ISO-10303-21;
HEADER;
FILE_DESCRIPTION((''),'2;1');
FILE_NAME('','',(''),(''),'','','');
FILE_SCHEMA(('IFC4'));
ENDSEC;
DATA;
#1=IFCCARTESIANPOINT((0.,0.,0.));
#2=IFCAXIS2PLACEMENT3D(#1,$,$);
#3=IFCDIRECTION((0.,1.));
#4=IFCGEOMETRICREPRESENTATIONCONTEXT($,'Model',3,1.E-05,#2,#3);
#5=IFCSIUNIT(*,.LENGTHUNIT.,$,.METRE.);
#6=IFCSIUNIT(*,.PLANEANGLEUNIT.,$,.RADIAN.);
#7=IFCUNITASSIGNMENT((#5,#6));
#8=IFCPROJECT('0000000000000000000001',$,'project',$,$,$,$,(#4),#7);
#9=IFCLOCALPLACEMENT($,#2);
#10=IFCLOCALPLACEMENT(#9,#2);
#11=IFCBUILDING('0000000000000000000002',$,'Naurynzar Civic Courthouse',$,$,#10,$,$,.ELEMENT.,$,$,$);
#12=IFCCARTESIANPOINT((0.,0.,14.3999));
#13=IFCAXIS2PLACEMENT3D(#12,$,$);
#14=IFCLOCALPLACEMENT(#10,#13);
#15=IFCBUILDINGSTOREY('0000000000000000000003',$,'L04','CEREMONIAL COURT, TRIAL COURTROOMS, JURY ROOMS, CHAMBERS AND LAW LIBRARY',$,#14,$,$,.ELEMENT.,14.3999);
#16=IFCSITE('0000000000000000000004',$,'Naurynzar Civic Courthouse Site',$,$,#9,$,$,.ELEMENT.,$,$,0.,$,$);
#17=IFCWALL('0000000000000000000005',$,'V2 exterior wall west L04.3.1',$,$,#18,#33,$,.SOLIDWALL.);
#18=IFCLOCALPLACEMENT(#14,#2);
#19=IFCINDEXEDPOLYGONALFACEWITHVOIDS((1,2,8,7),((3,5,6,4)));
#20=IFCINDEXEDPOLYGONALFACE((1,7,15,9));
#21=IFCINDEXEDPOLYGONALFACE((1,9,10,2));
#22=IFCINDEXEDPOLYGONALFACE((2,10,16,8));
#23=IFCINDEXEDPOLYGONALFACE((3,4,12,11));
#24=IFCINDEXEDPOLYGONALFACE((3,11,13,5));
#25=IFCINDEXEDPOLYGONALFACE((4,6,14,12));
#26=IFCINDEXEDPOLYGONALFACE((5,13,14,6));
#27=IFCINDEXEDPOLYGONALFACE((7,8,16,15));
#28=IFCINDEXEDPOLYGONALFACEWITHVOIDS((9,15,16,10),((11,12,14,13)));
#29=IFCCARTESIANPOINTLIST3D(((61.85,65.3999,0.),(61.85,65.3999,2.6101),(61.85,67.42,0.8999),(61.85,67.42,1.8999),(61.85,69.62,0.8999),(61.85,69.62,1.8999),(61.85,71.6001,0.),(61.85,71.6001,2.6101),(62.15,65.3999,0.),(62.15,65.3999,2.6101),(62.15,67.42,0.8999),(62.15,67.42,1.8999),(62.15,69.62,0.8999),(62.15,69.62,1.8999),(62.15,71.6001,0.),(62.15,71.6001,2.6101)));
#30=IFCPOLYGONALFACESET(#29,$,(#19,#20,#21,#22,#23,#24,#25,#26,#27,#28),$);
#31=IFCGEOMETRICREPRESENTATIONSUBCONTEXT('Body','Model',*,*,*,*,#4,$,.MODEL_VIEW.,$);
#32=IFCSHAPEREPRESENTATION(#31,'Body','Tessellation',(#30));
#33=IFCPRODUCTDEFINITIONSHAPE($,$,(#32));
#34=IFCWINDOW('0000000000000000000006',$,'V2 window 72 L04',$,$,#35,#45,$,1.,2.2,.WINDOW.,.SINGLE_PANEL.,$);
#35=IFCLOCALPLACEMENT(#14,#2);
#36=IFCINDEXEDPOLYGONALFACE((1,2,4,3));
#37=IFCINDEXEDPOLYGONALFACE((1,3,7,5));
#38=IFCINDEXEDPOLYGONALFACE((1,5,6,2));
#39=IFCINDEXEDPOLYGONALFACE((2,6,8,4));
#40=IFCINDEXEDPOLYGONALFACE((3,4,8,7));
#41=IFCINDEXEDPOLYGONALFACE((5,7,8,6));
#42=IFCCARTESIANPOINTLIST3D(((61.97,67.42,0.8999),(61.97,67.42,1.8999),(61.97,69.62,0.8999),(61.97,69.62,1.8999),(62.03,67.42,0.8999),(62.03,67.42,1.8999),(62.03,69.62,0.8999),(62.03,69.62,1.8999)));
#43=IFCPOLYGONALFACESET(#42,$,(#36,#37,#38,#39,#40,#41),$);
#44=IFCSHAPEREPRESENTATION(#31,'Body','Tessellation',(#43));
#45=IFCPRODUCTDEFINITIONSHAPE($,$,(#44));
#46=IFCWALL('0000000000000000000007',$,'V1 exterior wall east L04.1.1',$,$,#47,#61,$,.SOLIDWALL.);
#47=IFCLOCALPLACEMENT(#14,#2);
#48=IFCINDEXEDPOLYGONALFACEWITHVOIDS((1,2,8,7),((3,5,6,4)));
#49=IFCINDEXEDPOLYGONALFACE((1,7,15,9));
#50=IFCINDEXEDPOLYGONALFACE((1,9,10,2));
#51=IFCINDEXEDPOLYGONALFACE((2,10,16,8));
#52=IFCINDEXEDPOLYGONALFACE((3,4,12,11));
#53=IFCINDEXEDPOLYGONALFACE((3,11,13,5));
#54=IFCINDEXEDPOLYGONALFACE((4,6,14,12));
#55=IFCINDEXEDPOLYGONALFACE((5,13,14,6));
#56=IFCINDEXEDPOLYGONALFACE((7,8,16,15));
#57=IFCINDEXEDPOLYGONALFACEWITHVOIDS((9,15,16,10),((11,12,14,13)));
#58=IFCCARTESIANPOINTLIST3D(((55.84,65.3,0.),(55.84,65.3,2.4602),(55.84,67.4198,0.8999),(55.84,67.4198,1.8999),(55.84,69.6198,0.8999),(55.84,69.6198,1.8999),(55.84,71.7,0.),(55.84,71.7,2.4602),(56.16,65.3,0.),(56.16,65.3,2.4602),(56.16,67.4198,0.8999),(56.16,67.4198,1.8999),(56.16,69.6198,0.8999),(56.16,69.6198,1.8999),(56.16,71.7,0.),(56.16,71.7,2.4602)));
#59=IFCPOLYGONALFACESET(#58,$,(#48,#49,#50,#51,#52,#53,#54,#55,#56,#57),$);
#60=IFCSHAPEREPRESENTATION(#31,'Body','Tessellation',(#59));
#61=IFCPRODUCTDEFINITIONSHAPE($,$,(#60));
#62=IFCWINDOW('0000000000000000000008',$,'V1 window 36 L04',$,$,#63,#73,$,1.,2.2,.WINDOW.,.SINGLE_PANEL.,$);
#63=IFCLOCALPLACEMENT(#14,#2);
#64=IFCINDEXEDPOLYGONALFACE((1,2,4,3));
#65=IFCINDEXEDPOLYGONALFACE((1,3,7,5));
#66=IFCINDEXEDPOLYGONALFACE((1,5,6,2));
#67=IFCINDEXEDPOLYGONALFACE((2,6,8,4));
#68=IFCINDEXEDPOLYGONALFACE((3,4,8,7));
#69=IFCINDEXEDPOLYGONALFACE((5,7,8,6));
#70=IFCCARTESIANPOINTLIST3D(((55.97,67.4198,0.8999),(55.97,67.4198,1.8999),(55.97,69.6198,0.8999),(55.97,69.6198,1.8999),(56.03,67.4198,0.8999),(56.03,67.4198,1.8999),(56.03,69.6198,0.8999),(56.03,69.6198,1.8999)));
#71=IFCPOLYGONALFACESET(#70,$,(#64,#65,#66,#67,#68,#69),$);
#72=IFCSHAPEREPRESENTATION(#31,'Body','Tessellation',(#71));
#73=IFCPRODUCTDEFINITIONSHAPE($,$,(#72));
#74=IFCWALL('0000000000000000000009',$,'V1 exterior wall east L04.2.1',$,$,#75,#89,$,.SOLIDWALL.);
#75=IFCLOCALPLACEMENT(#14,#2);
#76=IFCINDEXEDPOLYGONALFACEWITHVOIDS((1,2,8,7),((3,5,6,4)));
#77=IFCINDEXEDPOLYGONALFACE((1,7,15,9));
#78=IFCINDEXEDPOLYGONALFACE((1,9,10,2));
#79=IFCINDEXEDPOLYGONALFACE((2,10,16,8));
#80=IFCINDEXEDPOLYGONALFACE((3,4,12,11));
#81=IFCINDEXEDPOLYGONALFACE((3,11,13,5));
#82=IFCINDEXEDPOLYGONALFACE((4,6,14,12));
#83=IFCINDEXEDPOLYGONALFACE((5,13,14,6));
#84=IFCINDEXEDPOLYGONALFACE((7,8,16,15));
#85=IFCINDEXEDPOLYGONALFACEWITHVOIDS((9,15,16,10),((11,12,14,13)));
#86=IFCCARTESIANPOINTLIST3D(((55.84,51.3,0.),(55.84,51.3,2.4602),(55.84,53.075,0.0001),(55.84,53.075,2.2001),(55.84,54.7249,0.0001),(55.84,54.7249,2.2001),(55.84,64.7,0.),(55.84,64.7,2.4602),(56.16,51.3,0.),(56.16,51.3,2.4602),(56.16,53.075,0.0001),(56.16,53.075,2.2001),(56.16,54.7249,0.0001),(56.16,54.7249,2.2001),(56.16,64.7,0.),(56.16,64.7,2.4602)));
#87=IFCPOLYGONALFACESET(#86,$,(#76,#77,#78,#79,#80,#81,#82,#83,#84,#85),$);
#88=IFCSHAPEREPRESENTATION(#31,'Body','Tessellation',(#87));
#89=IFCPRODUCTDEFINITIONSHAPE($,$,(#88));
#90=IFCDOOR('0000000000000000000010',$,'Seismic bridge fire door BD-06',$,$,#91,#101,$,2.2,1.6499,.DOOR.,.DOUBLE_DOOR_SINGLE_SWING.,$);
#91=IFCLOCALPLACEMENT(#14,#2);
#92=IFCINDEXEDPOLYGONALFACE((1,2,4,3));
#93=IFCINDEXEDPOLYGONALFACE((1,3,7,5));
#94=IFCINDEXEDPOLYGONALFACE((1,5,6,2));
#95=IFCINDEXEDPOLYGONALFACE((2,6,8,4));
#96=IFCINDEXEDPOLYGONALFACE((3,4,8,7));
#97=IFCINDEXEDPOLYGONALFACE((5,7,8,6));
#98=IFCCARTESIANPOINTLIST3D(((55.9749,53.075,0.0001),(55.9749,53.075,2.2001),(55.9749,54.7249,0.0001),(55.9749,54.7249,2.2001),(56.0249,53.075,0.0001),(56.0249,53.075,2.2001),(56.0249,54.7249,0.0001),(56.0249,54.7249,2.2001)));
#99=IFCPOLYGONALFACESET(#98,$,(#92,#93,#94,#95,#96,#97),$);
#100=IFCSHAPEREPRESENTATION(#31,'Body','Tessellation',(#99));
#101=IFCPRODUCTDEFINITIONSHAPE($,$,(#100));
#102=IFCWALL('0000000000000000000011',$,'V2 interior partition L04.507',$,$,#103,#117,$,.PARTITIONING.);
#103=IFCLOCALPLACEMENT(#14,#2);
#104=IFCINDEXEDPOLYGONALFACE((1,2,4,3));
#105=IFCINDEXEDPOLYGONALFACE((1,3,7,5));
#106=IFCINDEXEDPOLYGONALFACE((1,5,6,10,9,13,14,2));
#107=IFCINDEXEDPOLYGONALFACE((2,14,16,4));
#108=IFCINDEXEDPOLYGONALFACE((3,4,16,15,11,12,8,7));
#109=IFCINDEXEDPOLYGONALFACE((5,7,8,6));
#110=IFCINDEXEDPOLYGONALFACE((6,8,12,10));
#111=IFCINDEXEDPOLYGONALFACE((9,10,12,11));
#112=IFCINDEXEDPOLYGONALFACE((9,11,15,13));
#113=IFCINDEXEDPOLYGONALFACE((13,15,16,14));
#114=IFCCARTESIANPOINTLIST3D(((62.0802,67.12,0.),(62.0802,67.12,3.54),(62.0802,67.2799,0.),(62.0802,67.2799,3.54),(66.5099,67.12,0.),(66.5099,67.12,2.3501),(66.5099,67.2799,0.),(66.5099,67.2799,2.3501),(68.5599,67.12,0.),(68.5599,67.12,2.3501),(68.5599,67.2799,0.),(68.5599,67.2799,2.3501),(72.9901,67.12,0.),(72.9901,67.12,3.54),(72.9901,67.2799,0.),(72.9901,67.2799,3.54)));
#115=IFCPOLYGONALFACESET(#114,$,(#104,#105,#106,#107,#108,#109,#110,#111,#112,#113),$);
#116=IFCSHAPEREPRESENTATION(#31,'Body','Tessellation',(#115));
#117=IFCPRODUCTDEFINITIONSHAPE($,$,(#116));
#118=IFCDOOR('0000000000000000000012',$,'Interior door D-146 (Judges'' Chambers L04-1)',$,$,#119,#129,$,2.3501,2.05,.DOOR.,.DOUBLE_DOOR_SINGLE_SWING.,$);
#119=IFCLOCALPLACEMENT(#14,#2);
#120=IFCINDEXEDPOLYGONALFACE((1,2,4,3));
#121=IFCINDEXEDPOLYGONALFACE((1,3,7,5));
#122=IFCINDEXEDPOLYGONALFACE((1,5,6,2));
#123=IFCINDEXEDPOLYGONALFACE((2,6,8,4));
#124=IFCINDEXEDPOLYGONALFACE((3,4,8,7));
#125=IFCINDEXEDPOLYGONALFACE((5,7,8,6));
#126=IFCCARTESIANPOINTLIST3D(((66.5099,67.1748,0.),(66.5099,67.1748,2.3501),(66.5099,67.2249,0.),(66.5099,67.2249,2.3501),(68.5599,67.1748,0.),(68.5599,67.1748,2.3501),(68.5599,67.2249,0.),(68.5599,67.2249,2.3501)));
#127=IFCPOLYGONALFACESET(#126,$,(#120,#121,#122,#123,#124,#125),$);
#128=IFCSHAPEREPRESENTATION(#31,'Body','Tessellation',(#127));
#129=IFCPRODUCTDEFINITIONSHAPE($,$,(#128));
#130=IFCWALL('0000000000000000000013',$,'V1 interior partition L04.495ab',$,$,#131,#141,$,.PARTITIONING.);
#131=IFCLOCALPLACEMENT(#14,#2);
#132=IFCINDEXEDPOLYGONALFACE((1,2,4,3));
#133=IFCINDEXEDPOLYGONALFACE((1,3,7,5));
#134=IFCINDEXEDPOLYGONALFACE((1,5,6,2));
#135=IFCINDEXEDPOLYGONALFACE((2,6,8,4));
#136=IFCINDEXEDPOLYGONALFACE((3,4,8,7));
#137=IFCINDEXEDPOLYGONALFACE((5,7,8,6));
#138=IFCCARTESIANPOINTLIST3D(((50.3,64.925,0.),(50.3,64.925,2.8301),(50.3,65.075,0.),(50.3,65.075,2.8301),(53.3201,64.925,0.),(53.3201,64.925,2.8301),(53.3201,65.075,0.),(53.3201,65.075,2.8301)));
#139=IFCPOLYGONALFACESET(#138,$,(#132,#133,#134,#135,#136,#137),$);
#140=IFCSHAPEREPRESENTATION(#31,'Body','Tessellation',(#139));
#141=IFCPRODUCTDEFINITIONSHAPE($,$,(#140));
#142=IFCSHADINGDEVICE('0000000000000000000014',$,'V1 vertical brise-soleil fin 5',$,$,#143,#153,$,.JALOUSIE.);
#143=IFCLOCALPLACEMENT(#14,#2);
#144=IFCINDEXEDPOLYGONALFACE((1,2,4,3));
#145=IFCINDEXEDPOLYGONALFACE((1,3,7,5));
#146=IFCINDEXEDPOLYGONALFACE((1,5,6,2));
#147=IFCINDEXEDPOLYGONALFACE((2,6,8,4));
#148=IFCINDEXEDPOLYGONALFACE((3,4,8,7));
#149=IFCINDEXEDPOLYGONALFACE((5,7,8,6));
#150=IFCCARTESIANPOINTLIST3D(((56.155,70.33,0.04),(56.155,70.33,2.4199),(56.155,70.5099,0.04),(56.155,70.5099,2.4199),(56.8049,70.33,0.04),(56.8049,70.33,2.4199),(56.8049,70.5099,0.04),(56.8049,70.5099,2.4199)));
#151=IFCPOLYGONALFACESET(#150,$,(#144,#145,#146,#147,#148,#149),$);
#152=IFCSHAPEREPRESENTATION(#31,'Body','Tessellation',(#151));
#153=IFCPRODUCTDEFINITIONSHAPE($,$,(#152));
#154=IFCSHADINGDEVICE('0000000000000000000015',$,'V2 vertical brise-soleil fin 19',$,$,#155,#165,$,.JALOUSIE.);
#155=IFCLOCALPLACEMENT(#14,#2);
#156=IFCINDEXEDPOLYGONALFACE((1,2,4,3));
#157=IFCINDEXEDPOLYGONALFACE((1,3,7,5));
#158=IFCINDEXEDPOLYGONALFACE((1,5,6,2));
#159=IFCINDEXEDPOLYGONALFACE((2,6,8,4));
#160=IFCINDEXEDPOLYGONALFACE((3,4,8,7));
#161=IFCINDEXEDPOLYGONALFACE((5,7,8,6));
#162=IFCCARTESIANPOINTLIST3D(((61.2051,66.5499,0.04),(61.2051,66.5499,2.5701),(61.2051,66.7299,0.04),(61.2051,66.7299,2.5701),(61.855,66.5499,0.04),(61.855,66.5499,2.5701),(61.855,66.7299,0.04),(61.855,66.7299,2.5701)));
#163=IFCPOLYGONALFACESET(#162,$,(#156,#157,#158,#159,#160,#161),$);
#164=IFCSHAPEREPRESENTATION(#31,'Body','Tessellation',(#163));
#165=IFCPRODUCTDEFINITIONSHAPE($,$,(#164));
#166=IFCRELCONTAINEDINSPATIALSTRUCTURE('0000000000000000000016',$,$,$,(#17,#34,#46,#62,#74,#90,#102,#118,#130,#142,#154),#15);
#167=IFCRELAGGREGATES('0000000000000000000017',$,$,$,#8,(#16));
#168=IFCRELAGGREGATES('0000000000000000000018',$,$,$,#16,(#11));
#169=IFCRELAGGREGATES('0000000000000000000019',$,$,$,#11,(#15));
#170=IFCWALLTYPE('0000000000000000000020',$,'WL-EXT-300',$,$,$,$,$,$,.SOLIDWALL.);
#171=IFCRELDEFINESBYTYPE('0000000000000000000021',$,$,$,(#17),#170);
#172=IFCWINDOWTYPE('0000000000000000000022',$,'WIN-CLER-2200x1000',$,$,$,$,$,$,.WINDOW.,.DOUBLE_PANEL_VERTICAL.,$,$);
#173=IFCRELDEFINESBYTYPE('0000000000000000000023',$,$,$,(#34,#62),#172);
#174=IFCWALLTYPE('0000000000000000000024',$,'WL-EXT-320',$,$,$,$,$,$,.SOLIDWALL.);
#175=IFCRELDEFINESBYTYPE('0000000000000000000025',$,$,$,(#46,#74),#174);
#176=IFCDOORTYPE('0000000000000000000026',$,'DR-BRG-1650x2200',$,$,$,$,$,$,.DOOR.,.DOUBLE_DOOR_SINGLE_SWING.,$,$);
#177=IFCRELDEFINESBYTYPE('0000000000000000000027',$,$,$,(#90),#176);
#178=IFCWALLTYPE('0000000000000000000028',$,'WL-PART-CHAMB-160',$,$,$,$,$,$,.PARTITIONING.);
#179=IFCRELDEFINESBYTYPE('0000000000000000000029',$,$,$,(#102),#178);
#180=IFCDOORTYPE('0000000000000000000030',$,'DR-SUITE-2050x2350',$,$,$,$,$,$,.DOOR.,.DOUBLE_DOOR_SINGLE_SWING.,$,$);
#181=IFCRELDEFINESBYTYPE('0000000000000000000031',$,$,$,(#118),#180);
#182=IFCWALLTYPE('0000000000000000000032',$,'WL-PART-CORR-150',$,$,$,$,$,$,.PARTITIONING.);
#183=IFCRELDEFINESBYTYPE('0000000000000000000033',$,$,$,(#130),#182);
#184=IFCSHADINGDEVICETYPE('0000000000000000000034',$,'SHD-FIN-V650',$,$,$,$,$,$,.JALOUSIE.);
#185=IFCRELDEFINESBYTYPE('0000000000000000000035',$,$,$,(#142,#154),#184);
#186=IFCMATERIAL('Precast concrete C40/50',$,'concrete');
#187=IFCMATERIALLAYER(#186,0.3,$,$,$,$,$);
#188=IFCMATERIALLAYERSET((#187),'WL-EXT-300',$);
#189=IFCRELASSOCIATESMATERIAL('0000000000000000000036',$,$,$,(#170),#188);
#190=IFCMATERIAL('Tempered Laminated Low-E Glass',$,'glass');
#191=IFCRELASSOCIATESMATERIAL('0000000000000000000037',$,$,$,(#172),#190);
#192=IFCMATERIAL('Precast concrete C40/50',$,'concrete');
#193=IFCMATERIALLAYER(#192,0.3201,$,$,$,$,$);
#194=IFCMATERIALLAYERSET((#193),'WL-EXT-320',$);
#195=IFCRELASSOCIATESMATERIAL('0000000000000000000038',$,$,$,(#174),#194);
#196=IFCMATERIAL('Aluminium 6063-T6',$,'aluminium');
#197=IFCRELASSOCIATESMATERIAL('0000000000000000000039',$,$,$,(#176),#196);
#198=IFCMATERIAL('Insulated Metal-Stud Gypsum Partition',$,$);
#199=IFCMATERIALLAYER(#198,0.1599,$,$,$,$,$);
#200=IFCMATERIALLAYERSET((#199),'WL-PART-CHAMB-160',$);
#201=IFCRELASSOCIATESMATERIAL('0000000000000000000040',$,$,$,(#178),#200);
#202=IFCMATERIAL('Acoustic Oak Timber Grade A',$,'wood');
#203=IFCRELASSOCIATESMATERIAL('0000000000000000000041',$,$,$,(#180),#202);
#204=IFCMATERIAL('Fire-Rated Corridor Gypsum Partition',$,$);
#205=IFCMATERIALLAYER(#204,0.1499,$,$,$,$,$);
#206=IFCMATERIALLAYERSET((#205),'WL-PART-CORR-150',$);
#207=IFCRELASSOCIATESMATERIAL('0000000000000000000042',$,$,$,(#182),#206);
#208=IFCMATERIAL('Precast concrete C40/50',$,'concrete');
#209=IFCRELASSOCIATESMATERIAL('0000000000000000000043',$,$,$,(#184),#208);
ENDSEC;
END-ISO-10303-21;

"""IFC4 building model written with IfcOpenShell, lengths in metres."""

from ifc_helpers import new_model, si_unit, direction, frame, frame_2d, origin, origin_2d, place, context, subcontext, project, spatial, rectangle, extrude, material, layer, layer_set, type_object, element, fill, save


model = new_model("IFC4")

# Units and contexts
model_context = context("Model", 3, precision=1e-05, world=origin(), true_north=direction((0.0, 1.0)))
body_context = subcontext(model_context, "Body", "Model", "MODEL_VIEW")
ifc_project = project(units=[si_unit("LENGTHUNIT", "METRE"), si_unit("PLANEANGLEUNIT", "RADIAN")], contexts=[model_context])

# Site, building, storey
site_placement = place(None, origin())
site = spatial("IfcSite", under=ifc_project, at=site_placement, Name="Naurynzar Civic Courthouse Site", CompositionType="ELEMENT", RefElevation=0.0)
building_placement = place(site_placement, origin())
building = spatial("IfcBuilding", under=site, at=building_placement, Name="Naurynzar Civic Courthouse", CompositionType="ELEMENT")
storey_placement = place(building_placement, frame((0.0, 0.0, 14.3999)))
storey = spatial("IfcBuildingStorey", under=building, at=storey_placement, Name="L04", Description="CEREMONIAL COURT, TRIAL COURTROOMS, JURY ROOMS, CHAMBERS AND LAW LIBRARY", CompositionType="ELEMENT", Elevation=14.3999)

# Walls, openings, windows
ifc_material_1 = material(Name="Precast concrete C40/50", Category="concrete")
ifc_layer_1 = layer(ifc_material_1, 0.3)
ifc_layer_set_1 = layer_set([ifc_layer_1], Name="WL-EXT-300")
wall_type_1 = type_object("IfcWallType", Name="WL-EXT-300", PredefinedType="SOLIDWALL", material=ifc_layer_set_1)
wall_1_placement = place(storey_placement, frame((62.0, 65.3999, 0.0), z_axis=(0.0, 0.0, 1.0), x_axis=(0.0, 1.0, 0.0)))
wall_1 = element("IfcWall", 1, at=wall_1_placement, inside=storey, type_object=wall_type_1, Name="V2 exterior wall west L04.3.1", PredefinedType="SOLIDWALL", context=body_context, shape_type="SweptSolid", body=[
    extrude(rectangle(XDim=6.2002, YDim=0.3, at=frame_2d((3.1001, 0.0))), origin(), (0.0, 0.0, 1.0), 2.6101),
])
opening_1_placement = place(wall_1_placement, frame((2.02, 0.0, 0.8999)))
opening_1 = element("IfcOpeningElement", 2, at=opening_1_placement, cuts=wall_1, PredefinedType="OPENING", context=body_context, shape_type="SweptSolid", body=[
    extrude(rectangle(XDim=2.2, YDim=1.0, at=frame_2d((1.1001, 0.5))), frame((0.0, 0.1599, 0.0), z_axis=(0.0, -1.0, 0.0), x_axis=(1.0, 0.0, 0.0)), (0.0, 0.0, 1.0), 0.3201),
])
ifc_material_2 = material(Name="Tempered Laminated Low-E Glass", Category="glass")
window_type = type_object("IfcWindowType", Name="WIN-CLER-2200x1000", PartitioningType="DOUBLE_PANEL_VERTICAL", PredefinedType="WINDOW", material=ifc_material_2)
window_1_placement = place(opening_1_placement, origin())
window_1 = element("IfcWindow", 3, at=window_1_placement, inside=storey, type_object=window_type, Name="V2 window 72 L04", OverallHeight=1.0, OverallWidth=2.2, PartitioningType="SINGLE_PANEL", PredefinedType="WINDOW", context=body_context, shape_type="SweptSolid", body=[
    extrude(rectangle(XDim=2.2, YDim=1.0, at=frame_2d((1.1001, 0.5))), frame((0.0, 0.03, 0.0), z_axis=(0.0, -1.0, 0.0), x_axis=(1.0, 0.0, 0.0)), (0.0, 0.0, 1.0), 0.0601),
])
fill(opening_1, window_1)
ifc_material_3 = material(Name="Precast concrete C40/50", Category="concrete")
ifc_layer_2 = layer(ifc_material_3, 0.3201)
ifc_layer_set_2 = layer_set([ifc_layer_2], Name="WL-EXT-320")
wall_type_2 = type_object("IfcWallType", Name="WL-EXT-320", PredefinedType="SOLIDWALL", material=ifc_layer_set_2)
wall_2_placement = place(storey_placement, frame((56.0, 71.7, 0.0), z_axis=(0.0, 0.0, 1.0), x_axis=(0.0, -1.0, 0.0)))
wall_2 = element("IfcWall", 4, at=wall_2_placement, inside=storey, type_object=wall_type_2, Name="V1 exterior wall east L04.1.1", PredefinedType="SOLIDWALL", context=body_context, shape_type="SweptSolid", body=[
    extrude(rectangle(XDim=6.3999, YDim=0.3201, at=frame_2d((3.2, 0.0))), origin(), (0.0, 0.0, 1.0), 2.4602),
])
opening_2_placement = place(wall_2_placement, frame((2.0801, 0.0, 0.8999)))
opening_2 = element("IfcOpeningElement", 5, at=opening_2_placement, cuts=wall_2, PredefinedType="OPENING", context=body_context, shape_type="SweptSolid", body=[
    extrude(rectangle(XDim=2.2, YDim=1.0, at=frame_2d((1.1001, 0.5))), frame((0.0, 0.1699, 0.0), z_axis=(0.0, -1.0, 0.0), x_axis=(1.0, 0.0, 0.0)), (0.0, 0.0, 1.0), 0.3401),
])
window_2_placement = place(opening_2_placement, origin())
window_2 = element("IfcWindow", 6, at=window_2_placement, inside=storey, type_object=window_type, Name="V1 window 36 L04", OverallHeight=1.0, OverallWidth=2.2, PartitioningType="SINGLE_PANEL", PredefinedType="WINDOW", context=body_context, shape_type="SweptSolid", body=[
    extrude(rectangle(XDim=2.2, YDim=1.0, at=frame_2d((1.1001, 0.5))), frame((0.0, 0.03, 0.0), z_axis=(0.0, -1.0, 0.0), x_axis=(1.0, 0.0, 0.0)), (0.0, 0.0, 1.0), 0.0601),
])
fill(opening_2, window_2)

# Walls, openings, doors
wall_3_placement = place(storey_placement, frame((56.0, 64.7, 0.0), z_axis=(0.0, 0.0, 1.0), x_axis=(0.0, -1.0, 0.0)))
wall_3 = element("IfcWall", 7, at=wall_3_placement, inside=storey, type_object=wall_type_2, Name="V1 exterior wall east L04.2.1", PredefinedType="SOLIDWALL", context=body_context, shape_type="SweptSolid", body=[
    extrude(rectangle(XDim=13.3999, YDim=0.3201, at=frame_2d((6.7, 0.0))), origin(), (0.0, 0.0, 1.0), 2.4602),
])
opening_3_placement = place(wall_3_placement, frame((9.9751, 0.0, 0.0)))
opening_3 = element("IfcOpeningElement", 8, at=opening_3_placement, cuts=wall_3, PredefinedType="OPENING", context=body_context, shape_type="SweptSolid", body=[
    extrude(rectangle(XDim=1.6499, YDim=2.2, at=frame_2d((0.825, 1.1001))), frame((0.0, 0.1699, 0.0), z_axis=(0.0, -1.0, 0.0), x_axis=(1.0, 0.0, 0.0)), (0.0, 0.0, 1.0), 0.3401),
])
ifc_material_4 = material(Name="Aluminium 6063-T6", Category="aluminium")
door_type_1 = type_object("IfcDoorType", Name="DR-BRG-1650x2200", OperationType="DOUBLE_DOOR_SINGLE_SWING", PredefinedType="DOOR", material=ifc_material_4)
door_1_placement = place(opening_3_placement, origin())
door_1 = element("IfcDoor", 9, at=door_1_placement, inside=storey, type_object=door_type_1, Name="Seismic bridge fire door BD-06", OperationType="DOUBLE_DOOR_SINGLE_SWING", OverallHeight=2.2, OverallWidth=1.6499, PredefinedType="DOOR", context=body_context, shape_type="SweptSolid", body=[
    extrude(rectangle(XDim=1.6499, YDim=2.2, at=frame_2d((0.825, 1.1001))), frame((0.0, 0.0249, 0.0), z_axis=(0.0, -1.0, 0.0), x_axis=(1.0, 0.0, 0.0)), (0.0, 0.0, 1.0), 0.05),
])
fill(opening_3, door_1)
ifc_material_5 = material(Name="Insulated Metal-Stud Gypsum Partition")
ifc_layer_3 = layer(ifc_material_5, 0.1599)
ifc_layer_set_3 = layer_set([ifc_layer_3], Name="WL-PART-CHAMB-160")
wall_type_3 = type_object("IfcWallType", Name="WL-PART-CHAMB-160", PredefinedType="PARTITIONING", material=ifc_layer_set_3)
wall_4_placement = place(storey_placement, frame((62.0801, 67.2, 0.0), z_axis=(0.0, 0.0, 1.0), x_axis=(1.0, 0.0, 0.0)))
wall_4 = element("IfcWall", 10, at=wall_4_placement, inside=storey, type_object=wall_type_3, Name="V2 interior partition L04.507", PredefinedType="PARTITIONING", context=body_context, shape_type="SweptSolid", body=[
    extrude(rectangle(XDim=10.9099, YDim=0.1599, at=frame_2d((5.4551, 0.0))), origin(), (0.0, 0.0, 1.0), 3.54),
])
opening_4_placement = place(wall_4_placement, frame((4.4299, 0.0, 0.0)))
opening_4 = element("IfcOpeningElement", 11, at=opening_4_placement, cuts=wall_4, PredefinedType="OPENING", context=body_context, shape_type="SweptSolid", body=[
    extrude(rectangle(XDim=2.05, YDim=2.3501, at=frame_2d((1.0249, 1.175))), frame((0.0, 0.0898, 0.0), z_axis=(0.0, -1.0, 0.0), x_axis=(1.0, 0.0, 0.0)), (0.0, 0.0, 1.0), 0.1799),
])
ifc_material_6 = material(Name="Acoustic Oak Timber Grade A", Category="wood")
door_type_2 = type_object("IfcDoorType", Name="DR-SUITE-2050x2350", OperationType="DOUBLE_DOOR_SINGLE_SWING", PredefinedType="DOOR", material=ifc_material_6)
door_2_placement = place(opening_4_placement, origin())
door_2 = element("IfcDoor", 12, at=door_2_placement, inside=storey, type_object=door_type_2, Name="Interior door D-146 (Judges' Chambers L04-1)", OperationType="DOUBLE_DOOR_SINGLE_SWING", OverallHeight=2.3501, OverallWidth=2.05, PredefinedType="DOOR", context=body_context, shape_type="SweptSolid", body=[
    extrude(rectangle(XDim=2.05, YDim=2.3501, at=frame_2d((1.0249, 1.175))), frame((0.0, 0.0249, 0.0), z_axis=(0.0, -1.0, 0.0), x_axis=(1.0, 0.0, 0.0)), (0.0, 0.0, 1.0), 0.05),
])
fill(opening_4, door_2)

# Wall
ifc_material_7 = material(Name="Fire-Rated Corridor Gypsum Partition")
ifc_layer_4 = layer(ifc_material_7, 0.1499)
ifc_layer_set_4 = layer_set([ifc_layer_4], Name="WL-PART-CORR-150")
wall_type_4 = type_object("IfcWallType", Name="WL-PART-CORR-150", PredefinedType="PARTITIONING", material=ifc_layer_set_4)
wall_5_placement = place(storey_placement, frame((50.3, 65.0, 0.0), z_axis=(0.0, 0.0, 1.0), x_axis=(1.0, 0.0, 0.0)))
element("IfcWall", 13, at=wall_5_placement, inside=storey, type_object=wall_type_4, Name="V1 interior partition L04.495ab", PredefinedType="PARTITIONING", context=body_context, shape_type="SweptSolid", body=[
    extrude(rectangle(XDim=3.02, YDim=0.1499, at=frame_2d((1.51, 0.0))), origin(), (0.0, 0.0, 1.0), 2.8301),
])

# Shading devices
ifc_material_8 = material(Name="Precast concrete C40/50", Category="concrete")
shading_device_type = type_object("IfcShadingDeviceType", Name="SHD-FIN-V650", PredefinedType="JALOUSIE", material=ifc_material_8)
shading_device_1_placement = place(storey_placement, frame((56.48, 70.4199, 0.04), z_axis=(0.0, 0.0, 1.0), x_axis=(0.0, -1.0, 0.0)))
element("IfcShadingDevice", 14, at=shading_device_1_placement, inside=storey, type_object=shading_device_type, Name="V1 vertical brise-soleil fin 5", PredefinedType="JALOUSIE", context=body_context, shape_type="SweptSolid", body=[
    extrude(rectangle(XDim=0.1799, YDim=0.6499, at=origin_2d()), origin(), (0.0, 0.0, 1.0), 2.3799),
])
shading_device_2_placement = place(storey_placement, frame((61.53, 66.6399, 0.04), z_axis=(0.0, 0.0, 1.0), x_axis=(0.0, 1.0, 0.0)))
element("IfcShadingDevice", 15, at=shading_device_2_placement, inside=storey, type_object=shading_device_type, Name="V2 vertical brise-soleil fin 19", PredefinedType="JALOUSIE", context=body_context, shape_type="SweptSolid", body=[
    extrude(rectangle(XDim=0.1799, YDim=0.6499, at=origin_2d()), origin(), (0.0, 0.0, 1.0), 2.53),
])

save(model, "model.ifc")
